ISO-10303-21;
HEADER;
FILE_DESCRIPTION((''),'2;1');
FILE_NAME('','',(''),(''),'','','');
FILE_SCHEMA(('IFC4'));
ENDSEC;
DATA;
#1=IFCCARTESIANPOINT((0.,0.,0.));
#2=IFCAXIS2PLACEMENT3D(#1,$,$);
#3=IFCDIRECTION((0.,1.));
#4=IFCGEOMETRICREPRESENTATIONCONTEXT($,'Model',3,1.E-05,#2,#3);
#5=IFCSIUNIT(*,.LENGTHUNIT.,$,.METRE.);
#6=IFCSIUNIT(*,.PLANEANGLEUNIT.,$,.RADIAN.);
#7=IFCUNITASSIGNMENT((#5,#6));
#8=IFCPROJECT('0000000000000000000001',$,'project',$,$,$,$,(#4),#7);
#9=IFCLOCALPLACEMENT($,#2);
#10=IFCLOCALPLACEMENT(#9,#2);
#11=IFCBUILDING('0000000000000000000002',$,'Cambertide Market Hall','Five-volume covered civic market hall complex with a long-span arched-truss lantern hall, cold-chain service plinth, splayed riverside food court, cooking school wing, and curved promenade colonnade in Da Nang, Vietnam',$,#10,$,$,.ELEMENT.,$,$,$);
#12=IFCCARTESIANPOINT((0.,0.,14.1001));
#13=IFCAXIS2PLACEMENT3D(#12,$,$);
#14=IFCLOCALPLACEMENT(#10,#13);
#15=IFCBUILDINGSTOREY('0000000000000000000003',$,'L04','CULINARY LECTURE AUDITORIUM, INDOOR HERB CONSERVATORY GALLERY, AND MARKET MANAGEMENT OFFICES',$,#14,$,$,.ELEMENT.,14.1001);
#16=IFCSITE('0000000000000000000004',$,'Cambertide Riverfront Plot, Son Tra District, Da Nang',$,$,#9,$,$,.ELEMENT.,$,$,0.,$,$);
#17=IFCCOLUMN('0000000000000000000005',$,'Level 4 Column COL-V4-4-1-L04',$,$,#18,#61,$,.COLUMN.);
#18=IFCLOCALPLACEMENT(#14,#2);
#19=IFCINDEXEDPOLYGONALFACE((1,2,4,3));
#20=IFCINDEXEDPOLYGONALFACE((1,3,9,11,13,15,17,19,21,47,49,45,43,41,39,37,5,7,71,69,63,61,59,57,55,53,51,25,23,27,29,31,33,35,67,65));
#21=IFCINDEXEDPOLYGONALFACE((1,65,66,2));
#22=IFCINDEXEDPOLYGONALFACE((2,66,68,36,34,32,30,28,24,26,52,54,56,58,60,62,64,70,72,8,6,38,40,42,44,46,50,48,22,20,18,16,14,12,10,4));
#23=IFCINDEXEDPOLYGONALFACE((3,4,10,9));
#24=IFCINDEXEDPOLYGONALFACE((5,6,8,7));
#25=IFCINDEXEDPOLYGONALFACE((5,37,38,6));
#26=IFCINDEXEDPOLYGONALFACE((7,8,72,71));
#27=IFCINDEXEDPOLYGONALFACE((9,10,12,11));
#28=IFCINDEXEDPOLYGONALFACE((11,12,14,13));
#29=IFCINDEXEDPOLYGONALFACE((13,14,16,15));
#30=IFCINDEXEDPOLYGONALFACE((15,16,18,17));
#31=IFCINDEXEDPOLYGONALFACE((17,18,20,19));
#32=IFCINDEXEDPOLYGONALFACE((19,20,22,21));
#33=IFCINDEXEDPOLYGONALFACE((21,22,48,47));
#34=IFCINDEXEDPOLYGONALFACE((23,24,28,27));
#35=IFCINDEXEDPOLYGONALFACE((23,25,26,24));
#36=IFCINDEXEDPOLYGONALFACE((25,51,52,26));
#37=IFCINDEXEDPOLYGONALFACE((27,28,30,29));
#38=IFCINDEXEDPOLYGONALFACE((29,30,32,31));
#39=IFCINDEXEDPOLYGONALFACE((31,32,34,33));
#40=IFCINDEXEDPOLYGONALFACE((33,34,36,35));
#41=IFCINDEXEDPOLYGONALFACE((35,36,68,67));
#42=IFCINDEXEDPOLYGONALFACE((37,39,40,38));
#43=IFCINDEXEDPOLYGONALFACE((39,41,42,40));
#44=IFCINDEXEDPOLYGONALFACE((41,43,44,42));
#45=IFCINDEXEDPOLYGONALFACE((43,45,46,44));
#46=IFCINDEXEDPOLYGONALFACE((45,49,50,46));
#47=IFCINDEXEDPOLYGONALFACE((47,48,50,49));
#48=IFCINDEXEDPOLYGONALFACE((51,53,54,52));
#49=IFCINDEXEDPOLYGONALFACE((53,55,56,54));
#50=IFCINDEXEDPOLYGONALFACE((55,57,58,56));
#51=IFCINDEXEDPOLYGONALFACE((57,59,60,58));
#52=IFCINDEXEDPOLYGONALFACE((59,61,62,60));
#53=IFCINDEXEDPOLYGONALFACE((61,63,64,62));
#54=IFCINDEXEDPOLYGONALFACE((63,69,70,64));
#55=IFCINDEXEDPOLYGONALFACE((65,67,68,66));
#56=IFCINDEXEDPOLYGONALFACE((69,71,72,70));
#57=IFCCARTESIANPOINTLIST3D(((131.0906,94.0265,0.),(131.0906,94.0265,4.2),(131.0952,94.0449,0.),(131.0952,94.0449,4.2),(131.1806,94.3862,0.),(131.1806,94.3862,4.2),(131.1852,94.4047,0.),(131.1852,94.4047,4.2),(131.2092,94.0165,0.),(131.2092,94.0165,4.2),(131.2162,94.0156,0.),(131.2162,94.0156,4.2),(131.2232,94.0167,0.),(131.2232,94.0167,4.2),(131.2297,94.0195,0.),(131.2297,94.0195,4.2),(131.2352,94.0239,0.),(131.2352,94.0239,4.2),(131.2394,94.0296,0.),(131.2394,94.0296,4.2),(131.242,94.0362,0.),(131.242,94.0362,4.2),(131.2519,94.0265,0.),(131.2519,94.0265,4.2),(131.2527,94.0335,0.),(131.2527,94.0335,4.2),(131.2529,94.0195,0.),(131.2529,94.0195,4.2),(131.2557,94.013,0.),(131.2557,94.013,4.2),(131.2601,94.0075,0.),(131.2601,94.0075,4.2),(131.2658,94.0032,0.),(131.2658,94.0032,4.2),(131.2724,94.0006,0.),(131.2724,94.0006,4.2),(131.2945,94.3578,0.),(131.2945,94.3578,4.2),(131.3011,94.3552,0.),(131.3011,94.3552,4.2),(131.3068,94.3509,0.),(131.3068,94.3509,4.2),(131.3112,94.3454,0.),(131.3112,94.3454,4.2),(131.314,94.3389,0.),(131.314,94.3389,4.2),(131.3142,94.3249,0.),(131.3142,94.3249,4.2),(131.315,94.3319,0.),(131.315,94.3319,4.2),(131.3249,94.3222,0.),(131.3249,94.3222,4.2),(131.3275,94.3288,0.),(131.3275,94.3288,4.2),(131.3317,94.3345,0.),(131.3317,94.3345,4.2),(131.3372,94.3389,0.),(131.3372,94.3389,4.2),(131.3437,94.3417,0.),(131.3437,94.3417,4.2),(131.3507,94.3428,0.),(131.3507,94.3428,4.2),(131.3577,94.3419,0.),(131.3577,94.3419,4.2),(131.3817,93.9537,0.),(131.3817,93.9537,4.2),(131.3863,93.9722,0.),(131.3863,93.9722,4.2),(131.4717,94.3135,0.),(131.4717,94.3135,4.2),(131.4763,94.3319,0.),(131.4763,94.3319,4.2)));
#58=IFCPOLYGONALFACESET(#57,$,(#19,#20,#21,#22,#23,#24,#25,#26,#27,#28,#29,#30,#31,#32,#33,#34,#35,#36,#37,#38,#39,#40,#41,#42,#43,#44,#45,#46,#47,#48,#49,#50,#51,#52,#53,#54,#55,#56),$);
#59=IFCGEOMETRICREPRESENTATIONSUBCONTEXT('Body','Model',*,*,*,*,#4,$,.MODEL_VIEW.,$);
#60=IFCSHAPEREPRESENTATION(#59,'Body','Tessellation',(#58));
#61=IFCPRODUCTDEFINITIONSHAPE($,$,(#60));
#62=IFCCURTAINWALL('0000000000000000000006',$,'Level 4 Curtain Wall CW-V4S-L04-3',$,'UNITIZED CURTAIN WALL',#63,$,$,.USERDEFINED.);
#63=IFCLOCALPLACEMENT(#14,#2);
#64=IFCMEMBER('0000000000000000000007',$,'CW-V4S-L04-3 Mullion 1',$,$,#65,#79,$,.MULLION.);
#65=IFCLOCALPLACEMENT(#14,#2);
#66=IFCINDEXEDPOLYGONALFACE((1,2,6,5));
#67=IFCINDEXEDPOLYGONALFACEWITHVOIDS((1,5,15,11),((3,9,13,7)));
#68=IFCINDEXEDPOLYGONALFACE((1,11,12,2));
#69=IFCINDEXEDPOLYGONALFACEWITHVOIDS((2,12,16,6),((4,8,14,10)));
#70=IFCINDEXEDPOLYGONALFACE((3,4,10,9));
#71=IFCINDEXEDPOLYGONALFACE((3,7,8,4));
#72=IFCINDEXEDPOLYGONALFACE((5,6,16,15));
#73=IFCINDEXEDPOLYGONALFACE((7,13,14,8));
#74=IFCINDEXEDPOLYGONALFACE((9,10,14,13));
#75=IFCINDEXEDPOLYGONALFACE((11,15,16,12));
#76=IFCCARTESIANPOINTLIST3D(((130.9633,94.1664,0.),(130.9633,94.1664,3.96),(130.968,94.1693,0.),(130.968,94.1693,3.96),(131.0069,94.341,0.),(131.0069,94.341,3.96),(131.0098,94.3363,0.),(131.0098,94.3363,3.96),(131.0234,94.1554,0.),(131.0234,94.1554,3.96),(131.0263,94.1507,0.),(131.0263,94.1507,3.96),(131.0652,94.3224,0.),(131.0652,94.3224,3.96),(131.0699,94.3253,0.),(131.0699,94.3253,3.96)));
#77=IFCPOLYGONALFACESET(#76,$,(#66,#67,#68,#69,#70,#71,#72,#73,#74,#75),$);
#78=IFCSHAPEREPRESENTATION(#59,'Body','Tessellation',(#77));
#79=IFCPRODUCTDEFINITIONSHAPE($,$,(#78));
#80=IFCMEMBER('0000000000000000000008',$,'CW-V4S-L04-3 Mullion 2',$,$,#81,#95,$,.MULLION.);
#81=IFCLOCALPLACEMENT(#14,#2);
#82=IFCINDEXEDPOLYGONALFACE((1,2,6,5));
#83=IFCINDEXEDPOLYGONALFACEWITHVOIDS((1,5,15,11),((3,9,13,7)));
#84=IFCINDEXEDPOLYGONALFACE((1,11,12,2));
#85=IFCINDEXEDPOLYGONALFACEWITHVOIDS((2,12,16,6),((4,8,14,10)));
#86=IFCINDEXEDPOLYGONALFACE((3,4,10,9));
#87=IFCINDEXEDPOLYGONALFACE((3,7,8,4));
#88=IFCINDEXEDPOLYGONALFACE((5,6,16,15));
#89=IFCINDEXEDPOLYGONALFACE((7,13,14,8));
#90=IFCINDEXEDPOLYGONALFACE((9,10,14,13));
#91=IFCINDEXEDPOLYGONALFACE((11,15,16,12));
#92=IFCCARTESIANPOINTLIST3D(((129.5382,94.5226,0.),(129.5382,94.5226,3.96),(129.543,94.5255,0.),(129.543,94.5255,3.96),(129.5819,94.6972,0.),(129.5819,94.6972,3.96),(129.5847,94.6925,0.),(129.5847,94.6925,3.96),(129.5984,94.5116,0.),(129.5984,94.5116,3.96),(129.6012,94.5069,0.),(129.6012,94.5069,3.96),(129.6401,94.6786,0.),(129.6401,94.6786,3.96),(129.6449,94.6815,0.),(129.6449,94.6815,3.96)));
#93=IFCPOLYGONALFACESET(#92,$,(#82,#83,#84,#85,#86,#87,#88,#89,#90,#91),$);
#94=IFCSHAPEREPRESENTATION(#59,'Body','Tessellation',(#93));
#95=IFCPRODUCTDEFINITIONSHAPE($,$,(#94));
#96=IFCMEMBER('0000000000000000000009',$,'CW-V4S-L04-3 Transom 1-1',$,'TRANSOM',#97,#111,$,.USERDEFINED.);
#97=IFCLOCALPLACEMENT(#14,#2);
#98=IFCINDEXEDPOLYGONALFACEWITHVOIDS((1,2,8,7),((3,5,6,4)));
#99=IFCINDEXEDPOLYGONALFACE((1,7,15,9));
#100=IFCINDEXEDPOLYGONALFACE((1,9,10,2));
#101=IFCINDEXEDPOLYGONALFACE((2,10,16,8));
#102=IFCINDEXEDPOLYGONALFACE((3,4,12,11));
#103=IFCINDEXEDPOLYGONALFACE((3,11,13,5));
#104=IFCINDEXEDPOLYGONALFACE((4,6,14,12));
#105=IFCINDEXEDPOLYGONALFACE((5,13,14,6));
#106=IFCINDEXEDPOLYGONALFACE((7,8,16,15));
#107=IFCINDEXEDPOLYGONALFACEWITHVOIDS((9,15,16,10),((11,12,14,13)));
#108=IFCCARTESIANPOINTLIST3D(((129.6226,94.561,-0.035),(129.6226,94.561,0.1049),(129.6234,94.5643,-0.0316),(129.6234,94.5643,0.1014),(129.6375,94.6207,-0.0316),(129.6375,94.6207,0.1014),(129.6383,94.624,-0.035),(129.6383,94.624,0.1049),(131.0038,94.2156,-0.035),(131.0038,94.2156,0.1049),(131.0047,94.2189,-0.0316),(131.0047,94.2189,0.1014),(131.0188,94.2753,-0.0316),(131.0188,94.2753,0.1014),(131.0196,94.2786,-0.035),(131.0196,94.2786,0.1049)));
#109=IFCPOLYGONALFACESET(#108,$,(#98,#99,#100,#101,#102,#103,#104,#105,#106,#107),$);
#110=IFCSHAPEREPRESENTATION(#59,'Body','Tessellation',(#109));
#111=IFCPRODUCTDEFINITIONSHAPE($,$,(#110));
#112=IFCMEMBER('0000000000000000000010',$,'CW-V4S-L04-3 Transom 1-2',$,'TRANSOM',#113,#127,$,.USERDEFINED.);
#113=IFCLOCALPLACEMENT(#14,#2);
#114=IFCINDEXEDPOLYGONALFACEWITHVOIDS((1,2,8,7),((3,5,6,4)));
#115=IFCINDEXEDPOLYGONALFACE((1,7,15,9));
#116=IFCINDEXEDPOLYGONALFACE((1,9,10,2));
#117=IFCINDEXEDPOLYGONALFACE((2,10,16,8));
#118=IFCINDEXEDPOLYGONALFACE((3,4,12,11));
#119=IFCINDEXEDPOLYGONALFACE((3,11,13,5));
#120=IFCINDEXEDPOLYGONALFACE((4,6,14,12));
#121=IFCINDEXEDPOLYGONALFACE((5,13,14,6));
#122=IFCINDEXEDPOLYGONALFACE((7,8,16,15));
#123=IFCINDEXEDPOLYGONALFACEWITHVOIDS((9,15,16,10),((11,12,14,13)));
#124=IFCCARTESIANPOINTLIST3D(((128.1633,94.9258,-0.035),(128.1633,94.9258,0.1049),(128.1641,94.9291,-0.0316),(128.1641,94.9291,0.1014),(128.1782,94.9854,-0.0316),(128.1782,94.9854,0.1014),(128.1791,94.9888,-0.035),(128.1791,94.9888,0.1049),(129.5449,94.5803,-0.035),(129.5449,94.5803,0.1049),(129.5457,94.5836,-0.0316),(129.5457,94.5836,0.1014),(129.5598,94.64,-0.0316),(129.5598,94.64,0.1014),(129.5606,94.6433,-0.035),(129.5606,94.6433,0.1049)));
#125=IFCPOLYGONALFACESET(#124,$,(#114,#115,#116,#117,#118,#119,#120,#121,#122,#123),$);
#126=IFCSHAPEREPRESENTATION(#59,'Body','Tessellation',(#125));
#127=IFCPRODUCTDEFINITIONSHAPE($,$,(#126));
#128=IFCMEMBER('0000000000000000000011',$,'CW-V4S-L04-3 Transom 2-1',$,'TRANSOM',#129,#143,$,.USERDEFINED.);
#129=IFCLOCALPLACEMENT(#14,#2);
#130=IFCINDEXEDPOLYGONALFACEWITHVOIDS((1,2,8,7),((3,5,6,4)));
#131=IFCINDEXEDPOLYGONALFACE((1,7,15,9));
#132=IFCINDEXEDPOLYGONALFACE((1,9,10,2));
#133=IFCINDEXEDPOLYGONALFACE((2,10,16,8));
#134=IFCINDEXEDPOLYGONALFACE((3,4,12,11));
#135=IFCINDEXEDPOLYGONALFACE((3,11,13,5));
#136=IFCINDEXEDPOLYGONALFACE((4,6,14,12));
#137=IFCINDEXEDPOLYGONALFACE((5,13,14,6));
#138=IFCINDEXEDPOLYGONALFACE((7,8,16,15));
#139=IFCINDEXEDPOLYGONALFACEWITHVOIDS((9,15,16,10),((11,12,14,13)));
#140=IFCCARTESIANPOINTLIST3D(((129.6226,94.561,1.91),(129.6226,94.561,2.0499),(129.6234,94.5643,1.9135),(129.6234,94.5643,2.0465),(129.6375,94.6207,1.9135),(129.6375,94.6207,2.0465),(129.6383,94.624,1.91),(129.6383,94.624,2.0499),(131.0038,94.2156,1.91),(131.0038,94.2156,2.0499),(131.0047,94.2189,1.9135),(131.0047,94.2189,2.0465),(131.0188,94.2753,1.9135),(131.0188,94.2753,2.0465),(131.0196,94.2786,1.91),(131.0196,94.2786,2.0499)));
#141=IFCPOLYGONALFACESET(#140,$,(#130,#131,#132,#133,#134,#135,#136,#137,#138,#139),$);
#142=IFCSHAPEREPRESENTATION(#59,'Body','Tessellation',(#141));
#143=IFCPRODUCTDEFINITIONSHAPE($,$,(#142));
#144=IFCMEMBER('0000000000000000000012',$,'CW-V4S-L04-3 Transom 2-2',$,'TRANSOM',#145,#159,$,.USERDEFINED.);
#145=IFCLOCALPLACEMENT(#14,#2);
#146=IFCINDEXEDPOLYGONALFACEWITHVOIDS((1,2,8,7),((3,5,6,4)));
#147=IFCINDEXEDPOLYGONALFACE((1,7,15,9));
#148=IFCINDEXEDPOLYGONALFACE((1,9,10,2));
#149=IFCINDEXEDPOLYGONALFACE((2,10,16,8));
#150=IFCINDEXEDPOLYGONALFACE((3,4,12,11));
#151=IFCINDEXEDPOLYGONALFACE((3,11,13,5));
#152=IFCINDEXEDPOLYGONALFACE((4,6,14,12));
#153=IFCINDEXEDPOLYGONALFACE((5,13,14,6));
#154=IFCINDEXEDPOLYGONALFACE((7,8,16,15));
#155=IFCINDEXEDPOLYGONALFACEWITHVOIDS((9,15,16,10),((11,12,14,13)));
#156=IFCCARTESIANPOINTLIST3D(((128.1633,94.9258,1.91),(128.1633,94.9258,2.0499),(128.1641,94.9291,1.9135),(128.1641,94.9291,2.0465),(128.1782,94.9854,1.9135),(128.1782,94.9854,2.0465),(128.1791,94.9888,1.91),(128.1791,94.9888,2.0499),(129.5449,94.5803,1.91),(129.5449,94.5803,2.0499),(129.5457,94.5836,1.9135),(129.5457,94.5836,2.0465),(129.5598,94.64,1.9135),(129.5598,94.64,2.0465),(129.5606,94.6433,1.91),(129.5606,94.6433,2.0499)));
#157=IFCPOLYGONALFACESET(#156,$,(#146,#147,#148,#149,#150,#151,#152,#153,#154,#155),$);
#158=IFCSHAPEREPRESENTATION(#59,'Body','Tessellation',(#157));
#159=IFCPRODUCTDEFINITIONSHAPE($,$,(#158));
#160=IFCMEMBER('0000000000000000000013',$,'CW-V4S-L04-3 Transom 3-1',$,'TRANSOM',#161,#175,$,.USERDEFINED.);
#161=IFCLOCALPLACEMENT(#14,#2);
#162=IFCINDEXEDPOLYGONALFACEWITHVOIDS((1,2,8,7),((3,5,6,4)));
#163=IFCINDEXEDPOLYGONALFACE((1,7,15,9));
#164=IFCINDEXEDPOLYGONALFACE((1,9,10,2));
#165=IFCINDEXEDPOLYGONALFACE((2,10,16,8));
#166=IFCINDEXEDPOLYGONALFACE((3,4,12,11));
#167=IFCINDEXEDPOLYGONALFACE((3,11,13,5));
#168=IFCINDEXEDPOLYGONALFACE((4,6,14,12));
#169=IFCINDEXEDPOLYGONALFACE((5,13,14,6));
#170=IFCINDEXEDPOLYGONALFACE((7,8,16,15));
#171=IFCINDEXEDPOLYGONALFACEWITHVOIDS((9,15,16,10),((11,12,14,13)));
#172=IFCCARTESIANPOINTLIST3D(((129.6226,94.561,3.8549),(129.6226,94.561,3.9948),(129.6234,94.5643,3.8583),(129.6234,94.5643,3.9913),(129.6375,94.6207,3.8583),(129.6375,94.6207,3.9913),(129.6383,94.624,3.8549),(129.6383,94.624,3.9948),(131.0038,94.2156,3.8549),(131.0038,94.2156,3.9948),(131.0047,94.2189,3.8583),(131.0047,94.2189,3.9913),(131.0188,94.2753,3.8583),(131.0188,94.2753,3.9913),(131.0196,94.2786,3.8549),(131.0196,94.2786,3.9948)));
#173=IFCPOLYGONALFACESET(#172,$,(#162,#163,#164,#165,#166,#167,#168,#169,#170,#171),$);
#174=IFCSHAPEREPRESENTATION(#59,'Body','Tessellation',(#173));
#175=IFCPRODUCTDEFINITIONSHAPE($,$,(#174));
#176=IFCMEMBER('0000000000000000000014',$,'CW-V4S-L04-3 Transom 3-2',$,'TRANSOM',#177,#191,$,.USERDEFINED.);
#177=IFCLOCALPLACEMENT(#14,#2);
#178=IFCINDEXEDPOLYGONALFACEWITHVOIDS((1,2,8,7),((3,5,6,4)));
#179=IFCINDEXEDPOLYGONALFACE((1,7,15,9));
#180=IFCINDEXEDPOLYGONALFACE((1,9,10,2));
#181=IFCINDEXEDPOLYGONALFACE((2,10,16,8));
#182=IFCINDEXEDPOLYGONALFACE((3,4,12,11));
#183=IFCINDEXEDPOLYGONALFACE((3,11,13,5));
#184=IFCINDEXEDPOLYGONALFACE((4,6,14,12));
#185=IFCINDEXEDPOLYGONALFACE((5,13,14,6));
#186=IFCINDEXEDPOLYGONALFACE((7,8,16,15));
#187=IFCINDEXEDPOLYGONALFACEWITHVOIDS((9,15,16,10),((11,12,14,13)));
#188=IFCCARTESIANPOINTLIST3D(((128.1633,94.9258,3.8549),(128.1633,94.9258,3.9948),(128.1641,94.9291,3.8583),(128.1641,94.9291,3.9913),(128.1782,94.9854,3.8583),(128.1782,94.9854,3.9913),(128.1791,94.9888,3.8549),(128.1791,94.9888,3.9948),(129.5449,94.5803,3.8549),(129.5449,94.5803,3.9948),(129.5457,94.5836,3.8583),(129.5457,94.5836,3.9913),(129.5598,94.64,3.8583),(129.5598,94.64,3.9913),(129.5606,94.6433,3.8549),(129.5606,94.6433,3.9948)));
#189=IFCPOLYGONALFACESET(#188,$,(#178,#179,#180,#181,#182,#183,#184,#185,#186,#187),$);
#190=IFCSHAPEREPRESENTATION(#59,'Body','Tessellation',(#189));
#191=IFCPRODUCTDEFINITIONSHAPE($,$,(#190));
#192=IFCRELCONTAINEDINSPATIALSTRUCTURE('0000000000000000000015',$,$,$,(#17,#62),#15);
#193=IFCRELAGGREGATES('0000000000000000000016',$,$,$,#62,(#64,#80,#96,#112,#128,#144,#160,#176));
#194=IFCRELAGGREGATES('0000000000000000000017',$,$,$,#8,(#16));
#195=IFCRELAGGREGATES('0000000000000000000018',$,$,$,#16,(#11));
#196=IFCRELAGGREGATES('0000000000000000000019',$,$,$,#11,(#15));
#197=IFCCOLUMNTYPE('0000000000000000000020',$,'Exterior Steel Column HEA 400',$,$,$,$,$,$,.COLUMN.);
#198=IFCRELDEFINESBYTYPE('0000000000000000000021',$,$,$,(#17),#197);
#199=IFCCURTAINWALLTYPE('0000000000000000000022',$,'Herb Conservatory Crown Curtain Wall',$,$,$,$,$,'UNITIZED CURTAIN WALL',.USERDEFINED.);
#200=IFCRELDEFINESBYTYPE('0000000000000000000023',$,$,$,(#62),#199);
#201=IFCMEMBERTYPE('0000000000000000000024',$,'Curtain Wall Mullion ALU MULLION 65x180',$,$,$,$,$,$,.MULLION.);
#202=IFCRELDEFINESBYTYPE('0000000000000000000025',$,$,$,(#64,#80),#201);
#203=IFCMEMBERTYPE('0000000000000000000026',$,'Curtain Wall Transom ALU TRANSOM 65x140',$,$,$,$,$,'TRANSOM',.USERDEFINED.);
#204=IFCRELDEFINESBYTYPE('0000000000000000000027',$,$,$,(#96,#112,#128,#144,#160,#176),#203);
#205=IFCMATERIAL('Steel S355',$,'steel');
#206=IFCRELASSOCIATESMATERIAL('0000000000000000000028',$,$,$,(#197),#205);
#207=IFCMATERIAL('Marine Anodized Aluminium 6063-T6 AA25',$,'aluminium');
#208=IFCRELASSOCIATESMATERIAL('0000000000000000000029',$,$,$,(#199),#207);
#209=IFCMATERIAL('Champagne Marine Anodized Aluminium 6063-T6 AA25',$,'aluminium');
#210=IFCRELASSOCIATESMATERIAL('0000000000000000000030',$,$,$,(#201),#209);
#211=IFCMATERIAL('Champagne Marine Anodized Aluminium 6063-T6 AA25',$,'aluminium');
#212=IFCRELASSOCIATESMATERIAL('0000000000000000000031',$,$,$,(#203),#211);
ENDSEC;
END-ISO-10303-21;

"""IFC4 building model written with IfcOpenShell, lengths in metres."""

from ifc_helpers import new_model, si_unit, direction, frame, origin, origin_2d, place, context, subcontext, project, spatial, hollow_rectangle, i_section, extrude, material, material_profile, profile_set, type_object, element, aggregate, save


model = new_model("IFC4")

# Units and contexts
model_context = context("Model", 3, precision=1e-05, world=origin(), true_north=direction((0.0, 1.0)))
body_context = subcontext(model_context, "Body", "Model", "MODEL_VIEW")
ifc_project = project(units=[si_unit("LENGTHUNIT", "METRE"), si_unit("PLANEANGLEUNIT", "RADIAN")], contexts=[model_context])

# Site, building, storey
site_placement = place(None, origin())
site = spatial("IfcSite", under=ifc_project, at=site_placement, Name="Cambertide Riverfront Plot, Son Tra District, Da Nang", CompositionType="ELEMENT", RefElevation=0.0)
building_placement = place(site_placement, origin())
building = spatial("IfcBuilding", under=site, at=building_placement, Name="Cambertide Market Hall", Description="Five-volume covered civic market hall complex with a long-span arched-truss lantern hall, cold-chain service plinth, splayed riverside food court, cooking school wing, and curved promenade colonnade in Da Nang, Vietnam", CompositionType="ELEMENT")
storey_placement = place(building_placement, frame((0.0, 0.0, 14.1001)))
storey = spatial("IfcBuildingStorey", under=building, at=storey_placement, Name="L04", Description="CULINARY LECTURE AUDITORIUM, INDOOR HERB CONSERVATORY GALLERY, AND MARKET MANAGEMENT OFFICES", CompositionType="ELEMENT", Elevation=14.1001)

# Column
ifc_material_1 = material(Name="Steel S355", Category="steel")
ifc_material_profile_1 = material_profile(ifc_material_1, i_section(OverallWidth=0.3, OverallDepth=0.3899, WebThickness=0.011, FlangeThickness=0.019, FilletRadius=0.0271, at=origin_2d()), Name="HEA 400")
ifc_profile_set_1 = profile_set([ifc_material_profile_1], Name="Steel S355")
column_type = type_object("IfcColumnType", Name="Exterior Steel Column HEA 400", PredefinedType="COLUMN", material=ifc_profile_set_1)
column_placement = place(storey_placement, frame((131.2834, 94.1792, 0.0), z_axis=(0.0, 0.0, 1.0), x_axis=(0.970143, -0.242536, 0.0)))
element("IfcColumn", 1, at=column_placement, inside=storey, type_object=column_type, Name="Level 4 Column COL-V4-4-1-L04", PredefinedType="COLUMN", context=body_context, shape_type="SweptSolid", body=[
    extrude(i_section(OverallWidth=0.3, OverallDepth=0.3899, WebThickness=0.011, FlangeThickness=0.019, FilletRadius=0.0271, at=origin_2d()), origin(), (0.0, 0.0, 1.0), 4.2),
])

# Curtain wall, members
ifc_material_2 = material(Name="Marine Anodized Aluminium 6063-T6 AA25", Category="aluminium")
curtain_wall_type = type_object("IfcCurtainWallType", Name="Herb Conservatory Crown Curtain Wall", ElementType="UNITIZED CURTAIN WALL", PredefinedType="USERDEFINED", material=ifc_material_2)
curtain_wall_placement = place(storey_placement, origin())
curtain_wall = element("IfcCurtainWall", 2, at=curtain_wall_placement, inside=storey, type_object=curtain_wall_type, Name="Level 4 Curtain Wall CW-V4S-L04-3", ObjectType="UNITIZED CURTAIN WALL", PredefinedType="USERDEFINED")
ifc_material_3 = material(Name="Champagne Marine Anodized Aluminium 6063-T6 AA25", Category="aluminium")
ifc_material_profile_2 = material_profile(ifc_material_3, hollow_rectangle(XDim=0.0649, YDim=0.1799, WallThickness=0.0039, at=origin_2d()), Name="ALU MULLION 65x180")
ifc_profile_set_2 = profile_set([ifc_material_profile_2], Name="Champagne Marine Anodized Aluminium 6063-T6 AA25")
member_type_1 = type_object("IfcMemberType", Name="Curtain Wall Mullion ALU MULLION 65x180", PredefinedType="MULLION", material=ifc_profile_set_2)
member_1_placement = place(storey_placement, frame((131.0166, 94.2458, 0.0), z_axis=(0.0, 0.0, 1.0), x_axis=(-0.970143, 0.242535, 0.0)))
member_1 = element("IfcMember", 3, at=member_1_placement, type_object=member_type_1, Name="CW-V4S-L04-3 Mullion 1", PredefinedType="MULLION", context=body_context, shape_type="SweptSolid", body=[
    extrude(hollow_rectangle(XDim=0.0649, YDim=0.1799, WallThickness=0.0039, at=origin_2d()), origin(), (0.0, 0.0, 1.0), 3.96),
])
member_2_placement = place(storey_placement, frame((129.5916, 94.6021, 0.0), z_axis=(0.0, 0.0, 1.0), x_axis=(-0.970143, 0.242535, 0.0)))
member_2 = element("IfcMember", 4, at=member_2_placement, type_object=member_type_1, Name="CW-V4S-L04-3 Mullion 2", PredefinedType="MULLION", context=body_context, shape_type="SweptSolid", body=[
    extrude(hollow_rectangle(XDim=0.0649, YDim=0.1799, WallThickness=0.0039, at=origin_2d()), origin(), (0.0, 0.0, 1.0), 3.96),
])
ifc_material_4 = material(Name="Champagne Marine Anodized Aluminium 6063-T6 AA25", Category="aluminium")
ifc_material_profile_3 = material_profile(ifc_material_4, hollow_rectangle(XDim=0.0649, YDim=0.1399, WallThickness=0.0034, at=origin_2d()), Name="ALU TRANSOM 65x140")
ifc_profile_set_3 = profile_set([ifc_material_profile_3], Name="Champagne Marine Anodized Aluminium 6063-T6 AA25")
member_type_2 = type_object("IfcMemberType", Name="Curtain Wall Transom ALU TRANSOM 65x140", ElementType="TRANSOM", PredefinedType="USERDEFINED", material=ifc_profile_set_3)
member_3_placement = place(storey_placement, frame((131.0117, 94.2471, 0.0349), z_axis=(-0.970122, 0.242616, 0.0), x_axis=(-0.242616, -0.970122, 0.0)))
member_3 = element("IfcMember", 5, at=member_3_placement, type_object=member_type_2, Name="CW-V4S-L04-3 Transom 1-1", ObjectType="TRANSOM", PredefinedType="USERDEFINED", context=body_context, shape_type="SweptSolid", body=[
    extrude(hollow_rectangle(XDim=0.0649, YDim=0.1399, WallThickness=0.0034, at=origin_2d()), origin(), (0.0, 0.0, 1.0), 1.4238),
])
member_4_placement = place(storey_placement, frame((129.5527, 94.6118, 0.0349), z_axis=(-0.970132, 0.242576, 0.0), x_axis=(-0.242576, -0.970132, 0.0)))
member_4 = element("IfcMember", 6, at=member_4_placement, type_object=member_type_2, Name="CW-V4S-L04-3 Transom 1-2", ObjectType="TRANSOM", PredefinedType="USERDEFINED", context=body_context, shape_type="SweptSolid", body=[
    extrude(hollow_rectangle(XDim=0.0649, YDim=0.1399, WallThickness=0.0034, at=origin_2d()), origin(), (0.0, 0.0, 1.0), 1.4241),
])
member_5_placement = place(storey_placement, frame((131.0117, 94.2471, 1.98), z_axis=(-0.970122, 0.242616, 0.0), x_axis=(-0.242616, -0.970122, 0.0)))
member_5 = element("IfcMember", 7, at=member_5_placement, type_object=member_type_2, Name="CW-V4S-L04-3 Transom 2-1", ObjectType="TRANSOM", PredefinedType="USERDEFINED", context=body_context, shape_type="SweptSolid", body=[
    extrude(hollow_rectangle(XDim=0.0649, YDim=0.1399, WallThickness=0.0034, at=origin_2d()), origin(), (0.0, 0.0, 1.0), 1.4238),
])
member_6_placement = place(storey_placement, frame((129.5527, 94.6118, 1.98), z_axis=(-0.970132, 0.242576, 0.0), x_axis=(-0.242576, -0.970132, 0.0)))
member_6 = element("IfcMember", 8, at=member_6_placement, type_object=member_type_2, Name="CW-V4S-L04-3 Transom 2-2", ObjectType="TRANSOM", PredefinedType="USERDEFINED", context=body_context, shape_type="SweptSolid", body=[
    extrude(hollow_rectangle(XDim=0.0649, YDim=0.1399, WallThickness=0.0034, at=origin_2d()), origin(), (0.0, 0.0, 1.0), 1.4241),
])
member_7_placement = place(storey_placement, frame((131.0117, 94.2471, 3.9248), z_axis=(-0.970122, 0.242616, 0.0), x_axis=(-0.242616, -0.970122, 0.0)))
member_7 = element("IfcMember", 9, at=member_7_placement, type_object=member_type_2, Name="CW-V4S-L04-3 Transom 3-1", ObjectType="TRANSOM", PredefinedType="USERDEFINED", context=body_context, shape_type="SweptSolid", body=[
    extrude(hollow_rectangle(XDim=0.0649, YDim=0.1399, WallThickness=0.0034, at=origin_2d()), origin(), (0.0, 0.0, 1.0), 1.4238),
])
member_8_placement = place(storey_placement, frame((129.5527, 94.6118, 3.9248), z_axis=(-0.970132, 0.242576, 0.0), x_axis=(-0.242576, -0.970132, 0.0)))
member_8 = element("IfcMember", 10, at=member_8_placement, type_object=member_type_2, Name="CW-V4S-L04-3 Transom 3-2", ObjectType="TRANSOM", PredefinedType="USERDEFINED", context=body_context, shape_type="SweptSolid", body=[
    extrude(hollow_rectangle(XDim=0.0649, YDim=0.1399, WallThickness=0.0034, at=origin_2d()), origin(), (0.0, 0.0, 1.0), 1.4241),
])

aggregate(curtain_wall, [member_1, member_2, member_3, member_4, member_5, member_6, member_7, member_8])

save(model, "model.ifc")
